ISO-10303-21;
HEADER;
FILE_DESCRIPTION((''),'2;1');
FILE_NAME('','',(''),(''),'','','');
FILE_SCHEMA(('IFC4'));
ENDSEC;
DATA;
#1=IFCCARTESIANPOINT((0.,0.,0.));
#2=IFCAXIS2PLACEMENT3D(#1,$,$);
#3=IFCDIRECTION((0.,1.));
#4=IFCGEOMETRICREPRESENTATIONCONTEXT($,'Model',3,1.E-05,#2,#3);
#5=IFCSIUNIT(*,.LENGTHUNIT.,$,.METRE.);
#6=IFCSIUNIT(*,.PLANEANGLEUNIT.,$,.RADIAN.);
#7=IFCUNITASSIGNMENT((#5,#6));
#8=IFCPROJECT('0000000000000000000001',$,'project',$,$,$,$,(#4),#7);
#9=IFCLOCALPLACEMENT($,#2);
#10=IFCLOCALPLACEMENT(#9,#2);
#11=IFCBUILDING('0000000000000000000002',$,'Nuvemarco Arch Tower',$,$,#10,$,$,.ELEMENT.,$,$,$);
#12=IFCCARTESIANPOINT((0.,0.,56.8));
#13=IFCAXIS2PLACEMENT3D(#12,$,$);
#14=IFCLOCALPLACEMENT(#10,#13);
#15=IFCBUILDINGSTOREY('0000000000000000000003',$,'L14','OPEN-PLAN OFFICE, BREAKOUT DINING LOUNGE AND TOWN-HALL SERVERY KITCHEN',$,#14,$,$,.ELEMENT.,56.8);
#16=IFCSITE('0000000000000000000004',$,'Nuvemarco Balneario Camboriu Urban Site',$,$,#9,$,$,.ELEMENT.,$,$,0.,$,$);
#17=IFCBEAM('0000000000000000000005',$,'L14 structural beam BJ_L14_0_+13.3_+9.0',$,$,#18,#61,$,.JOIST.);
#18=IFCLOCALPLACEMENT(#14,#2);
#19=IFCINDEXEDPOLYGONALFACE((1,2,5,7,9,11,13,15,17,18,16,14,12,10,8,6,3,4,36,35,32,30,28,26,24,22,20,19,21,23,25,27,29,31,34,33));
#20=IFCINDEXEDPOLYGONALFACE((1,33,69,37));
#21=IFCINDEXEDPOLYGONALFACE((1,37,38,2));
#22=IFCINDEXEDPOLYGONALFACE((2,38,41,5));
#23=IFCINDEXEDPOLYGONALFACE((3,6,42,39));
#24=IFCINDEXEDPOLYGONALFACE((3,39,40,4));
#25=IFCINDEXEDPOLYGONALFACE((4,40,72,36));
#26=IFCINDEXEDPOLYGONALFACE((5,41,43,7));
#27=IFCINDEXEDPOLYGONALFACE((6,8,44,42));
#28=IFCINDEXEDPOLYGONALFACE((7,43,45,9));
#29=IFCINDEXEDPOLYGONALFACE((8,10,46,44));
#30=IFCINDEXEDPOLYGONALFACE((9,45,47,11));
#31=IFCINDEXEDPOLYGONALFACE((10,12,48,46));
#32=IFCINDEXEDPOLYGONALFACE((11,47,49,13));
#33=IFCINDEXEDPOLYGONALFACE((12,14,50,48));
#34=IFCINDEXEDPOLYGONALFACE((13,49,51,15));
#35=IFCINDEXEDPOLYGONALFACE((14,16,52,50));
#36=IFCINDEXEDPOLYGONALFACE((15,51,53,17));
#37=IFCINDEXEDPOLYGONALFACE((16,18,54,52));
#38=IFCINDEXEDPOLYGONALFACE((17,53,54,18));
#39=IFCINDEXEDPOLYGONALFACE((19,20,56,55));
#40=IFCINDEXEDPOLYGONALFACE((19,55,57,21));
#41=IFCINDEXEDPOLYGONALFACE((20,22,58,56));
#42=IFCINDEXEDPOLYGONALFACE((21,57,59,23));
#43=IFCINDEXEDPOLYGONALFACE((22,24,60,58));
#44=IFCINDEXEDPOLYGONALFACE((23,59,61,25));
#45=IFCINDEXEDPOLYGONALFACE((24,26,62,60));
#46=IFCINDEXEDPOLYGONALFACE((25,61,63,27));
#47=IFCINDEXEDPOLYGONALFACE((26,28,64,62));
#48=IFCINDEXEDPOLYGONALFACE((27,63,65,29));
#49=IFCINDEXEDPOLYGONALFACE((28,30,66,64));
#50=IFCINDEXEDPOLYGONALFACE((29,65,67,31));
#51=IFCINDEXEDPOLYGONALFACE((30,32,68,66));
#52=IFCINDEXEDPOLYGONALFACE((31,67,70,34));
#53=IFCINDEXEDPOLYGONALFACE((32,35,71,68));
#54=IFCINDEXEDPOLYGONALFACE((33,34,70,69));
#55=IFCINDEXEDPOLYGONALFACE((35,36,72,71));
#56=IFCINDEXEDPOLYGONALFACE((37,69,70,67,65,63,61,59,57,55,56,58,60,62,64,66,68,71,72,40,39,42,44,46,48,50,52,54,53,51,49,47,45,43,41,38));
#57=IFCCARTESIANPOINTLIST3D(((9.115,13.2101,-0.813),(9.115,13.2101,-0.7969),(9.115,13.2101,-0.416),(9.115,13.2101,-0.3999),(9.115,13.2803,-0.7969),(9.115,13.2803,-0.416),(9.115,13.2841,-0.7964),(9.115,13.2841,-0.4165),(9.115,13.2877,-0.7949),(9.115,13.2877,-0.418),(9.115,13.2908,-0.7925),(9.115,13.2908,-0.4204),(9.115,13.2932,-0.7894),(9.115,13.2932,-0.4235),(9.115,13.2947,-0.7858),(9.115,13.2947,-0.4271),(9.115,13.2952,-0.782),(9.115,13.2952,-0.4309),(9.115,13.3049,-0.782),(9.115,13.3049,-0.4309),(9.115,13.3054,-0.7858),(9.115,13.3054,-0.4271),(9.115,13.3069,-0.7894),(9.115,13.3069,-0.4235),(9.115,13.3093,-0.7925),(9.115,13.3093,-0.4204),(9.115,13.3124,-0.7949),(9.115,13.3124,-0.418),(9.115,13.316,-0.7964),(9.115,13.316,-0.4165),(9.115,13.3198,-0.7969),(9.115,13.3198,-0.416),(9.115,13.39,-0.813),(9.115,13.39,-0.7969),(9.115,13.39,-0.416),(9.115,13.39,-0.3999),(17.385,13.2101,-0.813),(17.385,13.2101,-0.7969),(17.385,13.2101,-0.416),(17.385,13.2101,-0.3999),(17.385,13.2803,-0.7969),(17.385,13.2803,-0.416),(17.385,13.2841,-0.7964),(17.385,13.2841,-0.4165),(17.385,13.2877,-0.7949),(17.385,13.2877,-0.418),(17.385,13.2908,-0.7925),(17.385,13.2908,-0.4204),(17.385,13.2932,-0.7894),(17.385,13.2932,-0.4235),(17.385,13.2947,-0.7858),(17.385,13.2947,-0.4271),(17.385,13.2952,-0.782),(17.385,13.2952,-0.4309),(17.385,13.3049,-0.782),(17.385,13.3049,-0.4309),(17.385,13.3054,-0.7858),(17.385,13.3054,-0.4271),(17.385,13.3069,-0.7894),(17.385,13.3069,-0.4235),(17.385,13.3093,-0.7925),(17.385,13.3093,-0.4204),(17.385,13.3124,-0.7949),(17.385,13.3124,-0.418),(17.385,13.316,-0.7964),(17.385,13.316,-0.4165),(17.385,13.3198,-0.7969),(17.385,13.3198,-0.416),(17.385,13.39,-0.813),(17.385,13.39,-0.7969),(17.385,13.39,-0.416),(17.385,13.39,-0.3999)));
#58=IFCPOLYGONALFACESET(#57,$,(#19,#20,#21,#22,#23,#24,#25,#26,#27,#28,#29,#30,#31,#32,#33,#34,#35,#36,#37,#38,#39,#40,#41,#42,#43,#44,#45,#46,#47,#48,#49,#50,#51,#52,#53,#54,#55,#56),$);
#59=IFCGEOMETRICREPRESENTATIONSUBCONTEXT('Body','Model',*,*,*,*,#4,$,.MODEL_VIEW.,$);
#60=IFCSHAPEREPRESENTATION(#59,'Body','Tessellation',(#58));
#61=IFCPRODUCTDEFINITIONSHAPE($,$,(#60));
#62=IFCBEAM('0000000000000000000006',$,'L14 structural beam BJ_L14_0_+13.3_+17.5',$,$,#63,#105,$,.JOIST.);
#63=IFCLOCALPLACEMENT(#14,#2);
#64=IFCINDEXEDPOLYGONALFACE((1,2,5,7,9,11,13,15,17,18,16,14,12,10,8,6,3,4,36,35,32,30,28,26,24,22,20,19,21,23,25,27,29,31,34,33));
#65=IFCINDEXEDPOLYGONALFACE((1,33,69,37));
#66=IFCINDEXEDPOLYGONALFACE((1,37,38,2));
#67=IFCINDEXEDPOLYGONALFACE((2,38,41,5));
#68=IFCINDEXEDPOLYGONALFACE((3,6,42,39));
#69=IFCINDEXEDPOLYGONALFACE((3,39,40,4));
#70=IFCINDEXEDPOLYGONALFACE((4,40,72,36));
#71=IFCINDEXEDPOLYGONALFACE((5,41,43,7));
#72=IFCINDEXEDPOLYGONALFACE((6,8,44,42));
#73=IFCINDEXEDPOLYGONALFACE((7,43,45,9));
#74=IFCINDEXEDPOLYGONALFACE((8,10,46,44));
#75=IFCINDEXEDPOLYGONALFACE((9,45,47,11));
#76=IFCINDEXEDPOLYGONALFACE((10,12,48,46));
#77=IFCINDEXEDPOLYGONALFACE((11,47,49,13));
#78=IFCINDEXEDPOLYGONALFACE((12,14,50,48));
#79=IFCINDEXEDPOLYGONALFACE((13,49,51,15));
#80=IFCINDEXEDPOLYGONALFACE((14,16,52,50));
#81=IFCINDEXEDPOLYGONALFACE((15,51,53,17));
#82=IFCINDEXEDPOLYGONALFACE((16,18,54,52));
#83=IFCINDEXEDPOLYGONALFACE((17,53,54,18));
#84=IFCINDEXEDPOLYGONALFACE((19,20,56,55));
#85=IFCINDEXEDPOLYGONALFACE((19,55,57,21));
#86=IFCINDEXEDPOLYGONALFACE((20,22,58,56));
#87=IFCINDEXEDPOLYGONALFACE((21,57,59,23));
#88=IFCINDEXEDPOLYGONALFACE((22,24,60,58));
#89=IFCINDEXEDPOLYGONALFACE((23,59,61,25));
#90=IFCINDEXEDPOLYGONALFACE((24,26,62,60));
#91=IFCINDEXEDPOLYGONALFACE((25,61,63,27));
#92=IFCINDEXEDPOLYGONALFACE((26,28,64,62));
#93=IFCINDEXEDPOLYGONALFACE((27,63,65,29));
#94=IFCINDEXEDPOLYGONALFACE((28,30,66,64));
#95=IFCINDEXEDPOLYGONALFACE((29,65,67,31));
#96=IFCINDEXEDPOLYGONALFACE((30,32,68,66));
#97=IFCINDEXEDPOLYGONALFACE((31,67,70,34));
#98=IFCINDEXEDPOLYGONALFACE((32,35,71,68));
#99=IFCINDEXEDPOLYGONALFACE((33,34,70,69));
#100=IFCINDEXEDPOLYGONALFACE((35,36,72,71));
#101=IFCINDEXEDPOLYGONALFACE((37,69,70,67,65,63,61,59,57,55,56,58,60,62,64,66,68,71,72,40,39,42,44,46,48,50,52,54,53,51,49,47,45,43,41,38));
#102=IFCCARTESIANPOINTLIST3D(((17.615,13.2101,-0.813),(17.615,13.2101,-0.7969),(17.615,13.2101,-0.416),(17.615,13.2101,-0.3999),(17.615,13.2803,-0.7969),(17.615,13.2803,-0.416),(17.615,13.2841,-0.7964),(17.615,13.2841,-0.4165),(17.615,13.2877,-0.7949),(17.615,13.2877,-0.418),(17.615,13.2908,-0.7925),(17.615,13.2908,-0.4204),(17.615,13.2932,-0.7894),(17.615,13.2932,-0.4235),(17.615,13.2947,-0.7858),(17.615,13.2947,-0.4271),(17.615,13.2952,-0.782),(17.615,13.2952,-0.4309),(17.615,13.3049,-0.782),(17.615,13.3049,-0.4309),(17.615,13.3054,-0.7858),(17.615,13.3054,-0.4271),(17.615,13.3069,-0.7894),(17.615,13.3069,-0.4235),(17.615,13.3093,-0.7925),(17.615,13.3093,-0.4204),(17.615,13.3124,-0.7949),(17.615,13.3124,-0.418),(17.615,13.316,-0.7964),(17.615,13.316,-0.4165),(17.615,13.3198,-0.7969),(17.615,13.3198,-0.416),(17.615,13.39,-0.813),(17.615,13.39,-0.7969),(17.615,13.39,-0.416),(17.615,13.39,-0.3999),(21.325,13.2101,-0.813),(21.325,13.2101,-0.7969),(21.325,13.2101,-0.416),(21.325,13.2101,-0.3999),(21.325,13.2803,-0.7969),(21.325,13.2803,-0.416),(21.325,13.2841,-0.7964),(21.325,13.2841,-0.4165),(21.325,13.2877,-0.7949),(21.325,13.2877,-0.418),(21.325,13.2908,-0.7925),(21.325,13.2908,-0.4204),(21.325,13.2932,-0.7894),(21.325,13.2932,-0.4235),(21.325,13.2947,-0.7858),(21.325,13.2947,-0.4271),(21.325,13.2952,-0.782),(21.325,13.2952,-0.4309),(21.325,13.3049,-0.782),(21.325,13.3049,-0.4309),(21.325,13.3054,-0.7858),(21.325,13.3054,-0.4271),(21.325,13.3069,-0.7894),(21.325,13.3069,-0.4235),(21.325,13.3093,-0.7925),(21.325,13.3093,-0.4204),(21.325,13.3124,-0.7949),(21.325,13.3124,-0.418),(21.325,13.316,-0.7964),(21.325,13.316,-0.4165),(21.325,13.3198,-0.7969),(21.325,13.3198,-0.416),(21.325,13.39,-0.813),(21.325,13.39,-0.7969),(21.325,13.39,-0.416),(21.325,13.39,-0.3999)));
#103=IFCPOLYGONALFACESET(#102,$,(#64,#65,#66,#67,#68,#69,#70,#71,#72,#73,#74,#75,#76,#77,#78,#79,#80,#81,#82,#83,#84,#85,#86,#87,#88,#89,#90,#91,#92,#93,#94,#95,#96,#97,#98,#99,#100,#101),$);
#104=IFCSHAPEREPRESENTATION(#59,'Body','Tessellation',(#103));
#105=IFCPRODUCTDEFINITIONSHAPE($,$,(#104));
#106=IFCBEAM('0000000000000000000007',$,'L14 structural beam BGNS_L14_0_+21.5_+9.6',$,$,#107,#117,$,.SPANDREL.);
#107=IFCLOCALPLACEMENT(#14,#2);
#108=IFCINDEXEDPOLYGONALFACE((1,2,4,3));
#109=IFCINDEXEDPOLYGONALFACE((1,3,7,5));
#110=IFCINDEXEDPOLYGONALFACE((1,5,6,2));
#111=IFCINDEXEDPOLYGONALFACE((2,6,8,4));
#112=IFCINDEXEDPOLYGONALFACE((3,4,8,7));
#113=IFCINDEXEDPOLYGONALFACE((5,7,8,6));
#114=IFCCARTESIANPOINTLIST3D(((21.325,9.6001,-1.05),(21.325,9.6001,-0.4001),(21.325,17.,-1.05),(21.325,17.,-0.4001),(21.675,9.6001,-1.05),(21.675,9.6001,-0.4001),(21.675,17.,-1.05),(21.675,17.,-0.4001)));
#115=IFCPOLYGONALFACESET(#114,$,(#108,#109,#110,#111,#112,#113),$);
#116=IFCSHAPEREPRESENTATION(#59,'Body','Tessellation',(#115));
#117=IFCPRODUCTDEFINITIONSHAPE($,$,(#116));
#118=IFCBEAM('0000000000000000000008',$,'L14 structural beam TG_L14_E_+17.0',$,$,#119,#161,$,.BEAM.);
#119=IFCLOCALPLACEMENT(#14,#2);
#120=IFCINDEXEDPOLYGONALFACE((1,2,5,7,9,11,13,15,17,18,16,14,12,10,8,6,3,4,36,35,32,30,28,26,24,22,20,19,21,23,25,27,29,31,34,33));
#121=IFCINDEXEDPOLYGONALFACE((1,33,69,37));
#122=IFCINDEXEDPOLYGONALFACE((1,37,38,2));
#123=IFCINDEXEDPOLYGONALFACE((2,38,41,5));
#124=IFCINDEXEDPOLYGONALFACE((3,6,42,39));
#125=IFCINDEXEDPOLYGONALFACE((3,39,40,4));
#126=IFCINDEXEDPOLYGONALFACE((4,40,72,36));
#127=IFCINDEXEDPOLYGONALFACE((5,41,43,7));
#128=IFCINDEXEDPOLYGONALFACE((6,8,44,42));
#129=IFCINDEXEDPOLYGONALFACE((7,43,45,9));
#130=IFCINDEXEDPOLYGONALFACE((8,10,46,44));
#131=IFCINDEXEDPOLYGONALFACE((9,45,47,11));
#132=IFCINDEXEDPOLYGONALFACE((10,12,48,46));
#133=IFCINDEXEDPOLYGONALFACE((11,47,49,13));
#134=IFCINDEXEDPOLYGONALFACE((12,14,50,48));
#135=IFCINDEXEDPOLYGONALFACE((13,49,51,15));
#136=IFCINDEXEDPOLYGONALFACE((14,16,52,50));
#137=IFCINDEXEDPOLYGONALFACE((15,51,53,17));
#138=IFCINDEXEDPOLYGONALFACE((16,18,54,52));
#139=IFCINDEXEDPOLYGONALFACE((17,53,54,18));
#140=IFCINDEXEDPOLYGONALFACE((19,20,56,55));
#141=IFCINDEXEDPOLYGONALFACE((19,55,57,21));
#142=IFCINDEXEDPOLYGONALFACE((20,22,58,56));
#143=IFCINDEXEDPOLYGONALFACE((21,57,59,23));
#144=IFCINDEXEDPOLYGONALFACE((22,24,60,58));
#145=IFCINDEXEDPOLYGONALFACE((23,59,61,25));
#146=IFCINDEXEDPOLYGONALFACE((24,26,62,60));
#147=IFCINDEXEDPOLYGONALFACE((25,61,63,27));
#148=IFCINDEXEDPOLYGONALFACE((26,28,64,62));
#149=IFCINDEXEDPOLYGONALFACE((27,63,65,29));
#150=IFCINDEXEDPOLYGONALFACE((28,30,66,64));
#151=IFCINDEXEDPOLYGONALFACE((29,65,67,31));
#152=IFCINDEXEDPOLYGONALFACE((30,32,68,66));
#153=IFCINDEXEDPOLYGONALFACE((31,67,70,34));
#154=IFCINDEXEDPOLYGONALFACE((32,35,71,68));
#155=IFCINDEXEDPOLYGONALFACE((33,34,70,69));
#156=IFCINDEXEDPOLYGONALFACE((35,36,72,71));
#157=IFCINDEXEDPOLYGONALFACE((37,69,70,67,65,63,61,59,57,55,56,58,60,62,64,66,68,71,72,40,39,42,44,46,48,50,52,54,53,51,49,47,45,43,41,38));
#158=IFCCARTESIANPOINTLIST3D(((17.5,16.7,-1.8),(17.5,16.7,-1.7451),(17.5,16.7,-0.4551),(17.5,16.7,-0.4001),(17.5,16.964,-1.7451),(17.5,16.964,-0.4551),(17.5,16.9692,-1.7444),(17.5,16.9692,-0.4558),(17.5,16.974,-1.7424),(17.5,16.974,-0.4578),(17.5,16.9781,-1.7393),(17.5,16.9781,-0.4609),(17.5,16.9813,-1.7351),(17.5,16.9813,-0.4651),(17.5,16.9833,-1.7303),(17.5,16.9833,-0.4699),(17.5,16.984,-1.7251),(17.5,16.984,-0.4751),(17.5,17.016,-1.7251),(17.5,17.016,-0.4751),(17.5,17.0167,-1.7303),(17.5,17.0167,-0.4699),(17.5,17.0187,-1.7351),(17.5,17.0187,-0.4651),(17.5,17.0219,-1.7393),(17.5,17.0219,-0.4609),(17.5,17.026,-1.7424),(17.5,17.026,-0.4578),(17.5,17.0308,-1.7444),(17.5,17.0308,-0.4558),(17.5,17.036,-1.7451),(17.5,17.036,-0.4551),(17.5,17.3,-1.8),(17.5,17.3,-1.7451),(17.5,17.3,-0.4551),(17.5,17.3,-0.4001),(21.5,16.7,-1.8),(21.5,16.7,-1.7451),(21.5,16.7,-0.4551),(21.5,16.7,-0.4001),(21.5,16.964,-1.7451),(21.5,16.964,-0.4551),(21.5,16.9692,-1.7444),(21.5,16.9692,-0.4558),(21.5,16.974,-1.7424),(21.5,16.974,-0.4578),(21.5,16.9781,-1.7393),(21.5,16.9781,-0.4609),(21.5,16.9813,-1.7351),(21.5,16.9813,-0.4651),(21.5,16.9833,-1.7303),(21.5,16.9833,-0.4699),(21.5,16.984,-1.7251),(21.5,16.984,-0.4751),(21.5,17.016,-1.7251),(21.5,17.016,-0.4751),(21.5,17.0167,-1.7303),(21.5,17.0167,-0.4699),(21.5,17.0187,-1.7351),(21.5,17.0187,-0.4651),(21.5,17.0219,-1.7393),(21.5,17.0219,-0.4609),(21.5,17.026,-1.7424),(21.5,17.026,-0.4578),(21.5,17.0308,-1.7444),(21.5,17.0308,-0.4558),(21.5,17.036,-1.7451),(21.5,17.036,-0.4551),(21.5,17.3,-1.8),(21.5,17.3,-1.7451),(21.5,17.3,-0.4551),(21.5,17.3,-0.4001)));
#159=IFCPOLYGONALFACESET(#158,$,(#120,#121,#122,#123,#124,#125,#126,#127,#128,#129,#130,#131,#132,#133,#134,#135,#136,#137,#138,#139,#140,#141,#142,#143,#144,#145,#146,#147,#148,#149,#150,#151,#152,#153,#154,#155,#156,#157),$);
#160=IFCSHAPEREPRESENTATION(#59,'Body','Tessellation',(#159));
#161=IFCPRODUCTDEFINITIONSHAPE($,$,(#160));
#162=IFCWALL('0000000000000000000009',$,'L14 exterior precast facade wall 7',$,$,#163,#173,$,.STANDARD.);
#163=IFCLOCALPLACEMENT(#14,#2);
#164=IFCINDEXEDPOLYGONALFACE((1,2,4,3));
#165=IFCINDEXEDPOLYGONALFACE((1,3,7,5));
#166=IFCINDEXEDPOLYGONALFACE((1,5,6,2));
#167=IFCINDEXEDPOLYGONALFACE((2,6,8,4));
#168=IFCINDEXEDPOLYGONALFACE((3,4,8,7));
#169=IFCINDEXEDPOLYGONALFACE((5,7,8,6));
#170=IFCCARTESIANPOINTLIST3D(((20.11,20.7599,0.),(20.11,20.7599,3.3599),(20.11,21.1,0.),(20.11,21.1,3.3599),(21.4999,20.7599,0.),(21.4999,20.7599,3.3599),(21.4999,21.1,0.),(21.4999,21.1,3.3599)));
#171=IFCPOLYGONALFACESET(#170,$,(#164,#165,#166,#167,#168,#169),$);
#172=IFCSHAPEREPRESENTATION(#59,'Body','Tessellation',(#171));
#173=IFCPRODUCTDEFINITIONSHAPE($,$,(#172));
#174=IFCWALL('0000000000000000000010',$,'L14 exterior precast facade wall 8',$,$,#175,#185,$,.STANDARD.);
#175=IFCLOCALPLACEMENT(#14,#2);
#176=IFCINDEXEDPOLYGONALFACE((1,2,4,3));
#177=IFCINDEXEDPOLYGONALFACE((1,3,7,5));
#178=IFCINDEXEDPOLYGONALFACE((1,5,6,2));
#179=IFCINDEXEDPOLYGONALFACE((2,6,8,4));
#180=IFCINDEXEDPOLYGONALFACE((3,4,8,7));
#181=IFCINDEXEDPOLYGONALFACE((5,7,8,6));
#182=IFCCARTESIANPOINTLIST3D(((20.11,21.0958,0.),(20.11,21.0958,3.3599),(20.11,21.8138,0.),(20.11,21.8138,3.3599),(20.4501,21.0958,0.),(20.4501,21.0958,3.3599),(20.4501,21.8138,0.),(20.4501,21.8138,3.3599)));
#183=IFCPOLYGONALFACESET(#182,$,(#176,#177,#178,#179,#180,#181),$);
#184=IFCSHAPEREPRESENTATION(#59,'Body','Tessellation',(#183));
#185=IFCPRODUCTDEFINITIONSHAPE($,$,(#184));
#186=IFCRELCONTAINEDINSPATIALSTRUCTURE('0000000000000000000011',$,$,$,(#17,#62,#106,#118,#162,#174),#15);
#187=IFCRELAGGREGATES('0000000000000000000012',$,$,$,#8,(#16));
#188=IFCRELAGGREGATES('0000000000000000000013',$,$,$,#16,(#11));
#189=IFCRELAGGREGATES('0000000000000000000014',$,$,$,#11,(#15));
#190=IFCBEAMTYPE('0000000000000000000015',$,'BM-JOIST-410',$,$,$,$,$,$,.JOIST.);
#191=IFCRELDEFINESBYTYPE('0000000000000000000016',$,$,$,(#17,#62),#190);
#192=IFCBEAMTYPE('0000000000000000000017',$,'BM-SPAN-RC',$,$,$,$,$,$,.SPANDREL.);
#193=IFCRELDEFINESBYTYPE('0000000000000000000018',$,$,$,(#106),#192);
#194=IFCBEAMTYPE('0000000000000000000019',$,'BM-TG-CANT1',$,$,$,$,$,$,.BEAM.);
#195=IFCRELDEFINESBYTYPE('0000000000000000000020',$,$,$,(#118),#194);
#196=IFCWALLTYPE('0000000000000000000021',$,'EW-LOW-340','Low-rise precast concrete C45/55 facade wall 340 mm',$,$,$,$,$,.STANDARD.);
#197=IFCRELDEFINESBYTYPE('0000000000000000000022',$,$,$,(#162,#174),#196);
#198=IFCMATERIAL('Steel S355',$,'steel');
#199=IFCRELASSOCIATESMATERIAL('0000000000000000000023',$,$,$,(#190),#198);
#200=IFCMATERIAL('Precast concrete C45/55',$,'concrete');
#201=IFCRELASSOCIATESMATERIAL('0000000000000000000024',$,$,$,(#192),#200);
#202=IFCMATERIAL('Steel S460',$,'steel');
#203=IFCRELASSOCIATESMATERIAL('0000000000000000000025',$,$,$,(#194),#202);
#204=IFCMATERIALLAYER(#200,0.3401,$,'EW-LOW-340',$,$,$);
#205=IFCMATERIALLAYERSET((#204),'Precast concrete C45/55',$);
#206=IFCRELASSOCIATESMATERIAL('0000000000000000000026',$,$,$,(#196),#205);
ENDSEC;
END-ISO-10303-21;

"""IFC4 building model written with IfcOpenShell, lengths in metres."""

from ifc_helpers import new_model, si_unit, direction, frame, frame_2d, origin, origin_2d, place, context, subcontext, project, spatial, rectangle, i_section, extrude, material, layer, layer_set, material_profile, profile_set, type_object, element, save


model = new_model("IFC4")

# Units and contexts
model_context = context("Model", 3, precision=1e-05, world=origin(), true_north=direction((0.0, 1.0)))
body_context = subcontext(model_context, "Body", "Model", "MODEL_VIEW")
ifc_project = project(units=[si_unit("LENGTHUNIT", "METRE"), si_unit("PLANEANGLEUNIT", "RADIAN")], contexts=[model_context])

# Site, building, storey
site_placement = place(None, origin())
site = spatial("IfcSite", under=ifc_project, at=site_placement, Name="Nuvemarco Balneario Camboriu Urban Site", CompositionType="ELEMENT", RefElevation=0.0)
building_placement = place(site_placement, origin())
building = spatial("IfcBuilding", under=site, at=building_placement, Name="Nuvemarco Arch Tower", CompositionType="ELEMENT")
storey_placement = place(building_placement, frame((0.0, 0.0, 56.8)))
storey = spatial("IfcBuildingStorey", under=building, at=storey_placement, Name="L14", Description="OPEN-PLAN OFFICE, BREAKOUT DINING LOUNGE AND TOWN-HALL SERVERY KITCHEN", CompositionType="ELEMENT", Elevation=56.8)

# Shared definitions
ifc_material_1 = material(Name="Steel S460", Category="steel")
ifc_material_2 = material(Name="Steel S355", Category="steel")

# Beams
ifc_material_profile_1 = material_profile(ifc_material_2, i_section(OverallWidth=0.1799, OverallDepth=0.4131, WebThickness=0.0098, FlangeThickness=0.0161, FilletRadius=0.0149, at=origin_2d()), Name="W410x75")
ifc_profile_set_1 = profile_set([ifc_material_profile_1], Name="Steel S355")
beam_type_1 = type_object("IfcBeamType", Name="BM-JOIST-410", PredefinedType="JOIST", material=ifc_profile_set_1)
beam_1_placement = place(storey_placement, frame((9.115, 13.3, -0.6064), z_axis=(1.0, 0.0, 0.0), x_axis=(0.0, 1.0, 0.0)))
element("IfcBeam", 1, at=beam_1_placement, inside=storey, type_object=beam_type_1, Name="L14 structural beam BJ_L14_0_+13.3_+9.0", PredefinedType="JOIST", context=body_context, shape_type="SweptSolid", body=[
    extrude(i_section(OverallWidth=0.1799, OverallDepth=0.4131, WebThickness=0.0098, FlangeThickness=0.0161, FilletRadius=0.0149, at=origin_2d()), origin(), (0.0, 0.0, 1.0), 8.27),
])
beam_2_placement = place(storey_placement, frame((17.615, 13.3, -0.6064), z_axis=(1.0, 0.0, 0.0), x_axis=(0.0, 1.0, 0.0)))
element("IfcBeam", 2, at=beam_2_placement, inside=storey, type_object=beam_type_1, Name="L14 structural beam BJ_L14_0_+13.3_+17.5", PredefinedType="JOIST", context=body_context, shape_type="SweptSolid", body=[
    extrude(i_section(OverallWidth=0.1799, OverallDepth=0.4131, WebThickness=0.0098, FlangeThickness=0.0161, FilletRadius=0.0149, at=origin_2d()), origin(), (0.0, 0.0, 1.0), 3.71),
])
ifc_material_3 = material(Name="Precast concrete C45/55", Category="concrete")
ifc_material_profile_2 = material_profile(ifc_material_3, rectangle(XDim=0.3501, YDim=0.6499, at=origin_2d()), Name="PC-SP-350x650")
ifc_profile_set_2 = profile_set([ifc_material_profile_2], Name="Precast concrete C45/55")
beam_type_2 = type_object("IfcBeamType", Name="BM-SPAN-RC", PredefinedType="SPANDREL", material=ifc_profile_set_2)
beam_3_placement = place(storey_placement, frame((21.5, 9.6001, -0.7251), z_axis=(0.0, 1.0, 0.0), x_axis=(-1.0, 0.0, 0.0)))
element("IfcBeam", 3, at=beam_3_placement, inside=storey, type_object=beam_type_2, Name="L14 structural beam BGNS_L14_0_+21.5_+9.6", PredefinedType="SPANDREL", context=body_context, shape_type="SweptSolid", body=[
    extrude(rectangle(XDim=0.3501, YDim=0.6499, at=origin_2d()), origin(), (0.0, 0.0, 1.0), 7.3999),
])
ifc_material_profile_3 = material_profile(ifc_material_1, i_section(OverallWidth=0.6001, OverallDepth=1.3999, WebThickness=0.032, FlangeThickness=0.0549, FilletRadius=0.02, at=origin_2d()), Name="PG1400x600")
ifc_profile_set_3 = profile_set([ifc_material_profile_3], Name="Steel S460")
beam_type_3 = type_object("IfcBeamType", Name="BM-TG-CANT1", PredefinedType="BEAM", material=ifc_profile_set_3)
beam_4_placement = place(storey_placement, frame((17.5, 17.0, -1.1001), z_axis=(1.0, 0.0, 0.0), x_axis=(0.0, 1.0, 0.0)))
element("IfcBeam", 4, at=beam_4_placement, inside=storey, type_object=beam_type_3, Name="L14 structural beam TG_L14_E_+17.0", PredefinedType="BEAM", context=body_context, shape_type="SweptSolid", body=[
    extrude(i_section(OverallWidth=0.6001, OverallDepth=1.3999, WebThickness=0.032, FlangeThickness=0.0549, FilletRadius=0.02, at=origin_2d()), origin(), (0.0, 0.0, 1.0), 4.0),
])

# Walls
ifc_layer_1 = layer(ifc_material_3, 0.3401, Name="EW-LOW-340")
ifc_layer_set_1 = layer_set([ifc_layer_1], Name="Precast concrete C45/55")
wall_type_1 = type_object("IfcWallType", Name="EW-LOW-340", Description="Low-rise precast concrete C45/55 facade wall 340 mm", PredefinedType="STANDARD", material=ifc_layer_set_1)
wall_1_placement = place(storey_placement, frame((20.1101, 20.9299, 0.0), z_axis=(0.0, 0.0, 1.0), x_axis=(1.0, 0.0, 0.0)))
element("IfcWall", 5, at=wall_1_placement, inside=storey, type_object=wall_type_1, Name="L14 exterior precast facade wall 7", PredefinedType="STANDARD", context=body_context, shape_type="SweptSolid", body=[
    extrude(rectangle(XDim=1.3899, YDim=0.3401, at=frame_2d((0.6948, 0.0))), origin(), (0.0, 0.0, 1.0), 3.3599),
])
wall_2_placement = place(storey_placement, frame((20.28, 21.0959, 0.0), z_axis=(0.0, 0.0, 1.0), x_axis=(0.0, 1.0, 0.0)))
element("IfcWall", 6, at=wall_2_placement, inside=storey, type_object=wall_type_1, Name="L14 exterior precast facade wall 8", PredefinedType="STANDARD", context=body_context, shape_type="SweptSolid", body=[
    extrude(rectangle(XDim=0.718, YDim=0.3401, at=frame_2d((0.3589, 0.0))), origin(), (0.0, 0.0, 1.0), 3.3599),
])

save(model, "model.ifc")
